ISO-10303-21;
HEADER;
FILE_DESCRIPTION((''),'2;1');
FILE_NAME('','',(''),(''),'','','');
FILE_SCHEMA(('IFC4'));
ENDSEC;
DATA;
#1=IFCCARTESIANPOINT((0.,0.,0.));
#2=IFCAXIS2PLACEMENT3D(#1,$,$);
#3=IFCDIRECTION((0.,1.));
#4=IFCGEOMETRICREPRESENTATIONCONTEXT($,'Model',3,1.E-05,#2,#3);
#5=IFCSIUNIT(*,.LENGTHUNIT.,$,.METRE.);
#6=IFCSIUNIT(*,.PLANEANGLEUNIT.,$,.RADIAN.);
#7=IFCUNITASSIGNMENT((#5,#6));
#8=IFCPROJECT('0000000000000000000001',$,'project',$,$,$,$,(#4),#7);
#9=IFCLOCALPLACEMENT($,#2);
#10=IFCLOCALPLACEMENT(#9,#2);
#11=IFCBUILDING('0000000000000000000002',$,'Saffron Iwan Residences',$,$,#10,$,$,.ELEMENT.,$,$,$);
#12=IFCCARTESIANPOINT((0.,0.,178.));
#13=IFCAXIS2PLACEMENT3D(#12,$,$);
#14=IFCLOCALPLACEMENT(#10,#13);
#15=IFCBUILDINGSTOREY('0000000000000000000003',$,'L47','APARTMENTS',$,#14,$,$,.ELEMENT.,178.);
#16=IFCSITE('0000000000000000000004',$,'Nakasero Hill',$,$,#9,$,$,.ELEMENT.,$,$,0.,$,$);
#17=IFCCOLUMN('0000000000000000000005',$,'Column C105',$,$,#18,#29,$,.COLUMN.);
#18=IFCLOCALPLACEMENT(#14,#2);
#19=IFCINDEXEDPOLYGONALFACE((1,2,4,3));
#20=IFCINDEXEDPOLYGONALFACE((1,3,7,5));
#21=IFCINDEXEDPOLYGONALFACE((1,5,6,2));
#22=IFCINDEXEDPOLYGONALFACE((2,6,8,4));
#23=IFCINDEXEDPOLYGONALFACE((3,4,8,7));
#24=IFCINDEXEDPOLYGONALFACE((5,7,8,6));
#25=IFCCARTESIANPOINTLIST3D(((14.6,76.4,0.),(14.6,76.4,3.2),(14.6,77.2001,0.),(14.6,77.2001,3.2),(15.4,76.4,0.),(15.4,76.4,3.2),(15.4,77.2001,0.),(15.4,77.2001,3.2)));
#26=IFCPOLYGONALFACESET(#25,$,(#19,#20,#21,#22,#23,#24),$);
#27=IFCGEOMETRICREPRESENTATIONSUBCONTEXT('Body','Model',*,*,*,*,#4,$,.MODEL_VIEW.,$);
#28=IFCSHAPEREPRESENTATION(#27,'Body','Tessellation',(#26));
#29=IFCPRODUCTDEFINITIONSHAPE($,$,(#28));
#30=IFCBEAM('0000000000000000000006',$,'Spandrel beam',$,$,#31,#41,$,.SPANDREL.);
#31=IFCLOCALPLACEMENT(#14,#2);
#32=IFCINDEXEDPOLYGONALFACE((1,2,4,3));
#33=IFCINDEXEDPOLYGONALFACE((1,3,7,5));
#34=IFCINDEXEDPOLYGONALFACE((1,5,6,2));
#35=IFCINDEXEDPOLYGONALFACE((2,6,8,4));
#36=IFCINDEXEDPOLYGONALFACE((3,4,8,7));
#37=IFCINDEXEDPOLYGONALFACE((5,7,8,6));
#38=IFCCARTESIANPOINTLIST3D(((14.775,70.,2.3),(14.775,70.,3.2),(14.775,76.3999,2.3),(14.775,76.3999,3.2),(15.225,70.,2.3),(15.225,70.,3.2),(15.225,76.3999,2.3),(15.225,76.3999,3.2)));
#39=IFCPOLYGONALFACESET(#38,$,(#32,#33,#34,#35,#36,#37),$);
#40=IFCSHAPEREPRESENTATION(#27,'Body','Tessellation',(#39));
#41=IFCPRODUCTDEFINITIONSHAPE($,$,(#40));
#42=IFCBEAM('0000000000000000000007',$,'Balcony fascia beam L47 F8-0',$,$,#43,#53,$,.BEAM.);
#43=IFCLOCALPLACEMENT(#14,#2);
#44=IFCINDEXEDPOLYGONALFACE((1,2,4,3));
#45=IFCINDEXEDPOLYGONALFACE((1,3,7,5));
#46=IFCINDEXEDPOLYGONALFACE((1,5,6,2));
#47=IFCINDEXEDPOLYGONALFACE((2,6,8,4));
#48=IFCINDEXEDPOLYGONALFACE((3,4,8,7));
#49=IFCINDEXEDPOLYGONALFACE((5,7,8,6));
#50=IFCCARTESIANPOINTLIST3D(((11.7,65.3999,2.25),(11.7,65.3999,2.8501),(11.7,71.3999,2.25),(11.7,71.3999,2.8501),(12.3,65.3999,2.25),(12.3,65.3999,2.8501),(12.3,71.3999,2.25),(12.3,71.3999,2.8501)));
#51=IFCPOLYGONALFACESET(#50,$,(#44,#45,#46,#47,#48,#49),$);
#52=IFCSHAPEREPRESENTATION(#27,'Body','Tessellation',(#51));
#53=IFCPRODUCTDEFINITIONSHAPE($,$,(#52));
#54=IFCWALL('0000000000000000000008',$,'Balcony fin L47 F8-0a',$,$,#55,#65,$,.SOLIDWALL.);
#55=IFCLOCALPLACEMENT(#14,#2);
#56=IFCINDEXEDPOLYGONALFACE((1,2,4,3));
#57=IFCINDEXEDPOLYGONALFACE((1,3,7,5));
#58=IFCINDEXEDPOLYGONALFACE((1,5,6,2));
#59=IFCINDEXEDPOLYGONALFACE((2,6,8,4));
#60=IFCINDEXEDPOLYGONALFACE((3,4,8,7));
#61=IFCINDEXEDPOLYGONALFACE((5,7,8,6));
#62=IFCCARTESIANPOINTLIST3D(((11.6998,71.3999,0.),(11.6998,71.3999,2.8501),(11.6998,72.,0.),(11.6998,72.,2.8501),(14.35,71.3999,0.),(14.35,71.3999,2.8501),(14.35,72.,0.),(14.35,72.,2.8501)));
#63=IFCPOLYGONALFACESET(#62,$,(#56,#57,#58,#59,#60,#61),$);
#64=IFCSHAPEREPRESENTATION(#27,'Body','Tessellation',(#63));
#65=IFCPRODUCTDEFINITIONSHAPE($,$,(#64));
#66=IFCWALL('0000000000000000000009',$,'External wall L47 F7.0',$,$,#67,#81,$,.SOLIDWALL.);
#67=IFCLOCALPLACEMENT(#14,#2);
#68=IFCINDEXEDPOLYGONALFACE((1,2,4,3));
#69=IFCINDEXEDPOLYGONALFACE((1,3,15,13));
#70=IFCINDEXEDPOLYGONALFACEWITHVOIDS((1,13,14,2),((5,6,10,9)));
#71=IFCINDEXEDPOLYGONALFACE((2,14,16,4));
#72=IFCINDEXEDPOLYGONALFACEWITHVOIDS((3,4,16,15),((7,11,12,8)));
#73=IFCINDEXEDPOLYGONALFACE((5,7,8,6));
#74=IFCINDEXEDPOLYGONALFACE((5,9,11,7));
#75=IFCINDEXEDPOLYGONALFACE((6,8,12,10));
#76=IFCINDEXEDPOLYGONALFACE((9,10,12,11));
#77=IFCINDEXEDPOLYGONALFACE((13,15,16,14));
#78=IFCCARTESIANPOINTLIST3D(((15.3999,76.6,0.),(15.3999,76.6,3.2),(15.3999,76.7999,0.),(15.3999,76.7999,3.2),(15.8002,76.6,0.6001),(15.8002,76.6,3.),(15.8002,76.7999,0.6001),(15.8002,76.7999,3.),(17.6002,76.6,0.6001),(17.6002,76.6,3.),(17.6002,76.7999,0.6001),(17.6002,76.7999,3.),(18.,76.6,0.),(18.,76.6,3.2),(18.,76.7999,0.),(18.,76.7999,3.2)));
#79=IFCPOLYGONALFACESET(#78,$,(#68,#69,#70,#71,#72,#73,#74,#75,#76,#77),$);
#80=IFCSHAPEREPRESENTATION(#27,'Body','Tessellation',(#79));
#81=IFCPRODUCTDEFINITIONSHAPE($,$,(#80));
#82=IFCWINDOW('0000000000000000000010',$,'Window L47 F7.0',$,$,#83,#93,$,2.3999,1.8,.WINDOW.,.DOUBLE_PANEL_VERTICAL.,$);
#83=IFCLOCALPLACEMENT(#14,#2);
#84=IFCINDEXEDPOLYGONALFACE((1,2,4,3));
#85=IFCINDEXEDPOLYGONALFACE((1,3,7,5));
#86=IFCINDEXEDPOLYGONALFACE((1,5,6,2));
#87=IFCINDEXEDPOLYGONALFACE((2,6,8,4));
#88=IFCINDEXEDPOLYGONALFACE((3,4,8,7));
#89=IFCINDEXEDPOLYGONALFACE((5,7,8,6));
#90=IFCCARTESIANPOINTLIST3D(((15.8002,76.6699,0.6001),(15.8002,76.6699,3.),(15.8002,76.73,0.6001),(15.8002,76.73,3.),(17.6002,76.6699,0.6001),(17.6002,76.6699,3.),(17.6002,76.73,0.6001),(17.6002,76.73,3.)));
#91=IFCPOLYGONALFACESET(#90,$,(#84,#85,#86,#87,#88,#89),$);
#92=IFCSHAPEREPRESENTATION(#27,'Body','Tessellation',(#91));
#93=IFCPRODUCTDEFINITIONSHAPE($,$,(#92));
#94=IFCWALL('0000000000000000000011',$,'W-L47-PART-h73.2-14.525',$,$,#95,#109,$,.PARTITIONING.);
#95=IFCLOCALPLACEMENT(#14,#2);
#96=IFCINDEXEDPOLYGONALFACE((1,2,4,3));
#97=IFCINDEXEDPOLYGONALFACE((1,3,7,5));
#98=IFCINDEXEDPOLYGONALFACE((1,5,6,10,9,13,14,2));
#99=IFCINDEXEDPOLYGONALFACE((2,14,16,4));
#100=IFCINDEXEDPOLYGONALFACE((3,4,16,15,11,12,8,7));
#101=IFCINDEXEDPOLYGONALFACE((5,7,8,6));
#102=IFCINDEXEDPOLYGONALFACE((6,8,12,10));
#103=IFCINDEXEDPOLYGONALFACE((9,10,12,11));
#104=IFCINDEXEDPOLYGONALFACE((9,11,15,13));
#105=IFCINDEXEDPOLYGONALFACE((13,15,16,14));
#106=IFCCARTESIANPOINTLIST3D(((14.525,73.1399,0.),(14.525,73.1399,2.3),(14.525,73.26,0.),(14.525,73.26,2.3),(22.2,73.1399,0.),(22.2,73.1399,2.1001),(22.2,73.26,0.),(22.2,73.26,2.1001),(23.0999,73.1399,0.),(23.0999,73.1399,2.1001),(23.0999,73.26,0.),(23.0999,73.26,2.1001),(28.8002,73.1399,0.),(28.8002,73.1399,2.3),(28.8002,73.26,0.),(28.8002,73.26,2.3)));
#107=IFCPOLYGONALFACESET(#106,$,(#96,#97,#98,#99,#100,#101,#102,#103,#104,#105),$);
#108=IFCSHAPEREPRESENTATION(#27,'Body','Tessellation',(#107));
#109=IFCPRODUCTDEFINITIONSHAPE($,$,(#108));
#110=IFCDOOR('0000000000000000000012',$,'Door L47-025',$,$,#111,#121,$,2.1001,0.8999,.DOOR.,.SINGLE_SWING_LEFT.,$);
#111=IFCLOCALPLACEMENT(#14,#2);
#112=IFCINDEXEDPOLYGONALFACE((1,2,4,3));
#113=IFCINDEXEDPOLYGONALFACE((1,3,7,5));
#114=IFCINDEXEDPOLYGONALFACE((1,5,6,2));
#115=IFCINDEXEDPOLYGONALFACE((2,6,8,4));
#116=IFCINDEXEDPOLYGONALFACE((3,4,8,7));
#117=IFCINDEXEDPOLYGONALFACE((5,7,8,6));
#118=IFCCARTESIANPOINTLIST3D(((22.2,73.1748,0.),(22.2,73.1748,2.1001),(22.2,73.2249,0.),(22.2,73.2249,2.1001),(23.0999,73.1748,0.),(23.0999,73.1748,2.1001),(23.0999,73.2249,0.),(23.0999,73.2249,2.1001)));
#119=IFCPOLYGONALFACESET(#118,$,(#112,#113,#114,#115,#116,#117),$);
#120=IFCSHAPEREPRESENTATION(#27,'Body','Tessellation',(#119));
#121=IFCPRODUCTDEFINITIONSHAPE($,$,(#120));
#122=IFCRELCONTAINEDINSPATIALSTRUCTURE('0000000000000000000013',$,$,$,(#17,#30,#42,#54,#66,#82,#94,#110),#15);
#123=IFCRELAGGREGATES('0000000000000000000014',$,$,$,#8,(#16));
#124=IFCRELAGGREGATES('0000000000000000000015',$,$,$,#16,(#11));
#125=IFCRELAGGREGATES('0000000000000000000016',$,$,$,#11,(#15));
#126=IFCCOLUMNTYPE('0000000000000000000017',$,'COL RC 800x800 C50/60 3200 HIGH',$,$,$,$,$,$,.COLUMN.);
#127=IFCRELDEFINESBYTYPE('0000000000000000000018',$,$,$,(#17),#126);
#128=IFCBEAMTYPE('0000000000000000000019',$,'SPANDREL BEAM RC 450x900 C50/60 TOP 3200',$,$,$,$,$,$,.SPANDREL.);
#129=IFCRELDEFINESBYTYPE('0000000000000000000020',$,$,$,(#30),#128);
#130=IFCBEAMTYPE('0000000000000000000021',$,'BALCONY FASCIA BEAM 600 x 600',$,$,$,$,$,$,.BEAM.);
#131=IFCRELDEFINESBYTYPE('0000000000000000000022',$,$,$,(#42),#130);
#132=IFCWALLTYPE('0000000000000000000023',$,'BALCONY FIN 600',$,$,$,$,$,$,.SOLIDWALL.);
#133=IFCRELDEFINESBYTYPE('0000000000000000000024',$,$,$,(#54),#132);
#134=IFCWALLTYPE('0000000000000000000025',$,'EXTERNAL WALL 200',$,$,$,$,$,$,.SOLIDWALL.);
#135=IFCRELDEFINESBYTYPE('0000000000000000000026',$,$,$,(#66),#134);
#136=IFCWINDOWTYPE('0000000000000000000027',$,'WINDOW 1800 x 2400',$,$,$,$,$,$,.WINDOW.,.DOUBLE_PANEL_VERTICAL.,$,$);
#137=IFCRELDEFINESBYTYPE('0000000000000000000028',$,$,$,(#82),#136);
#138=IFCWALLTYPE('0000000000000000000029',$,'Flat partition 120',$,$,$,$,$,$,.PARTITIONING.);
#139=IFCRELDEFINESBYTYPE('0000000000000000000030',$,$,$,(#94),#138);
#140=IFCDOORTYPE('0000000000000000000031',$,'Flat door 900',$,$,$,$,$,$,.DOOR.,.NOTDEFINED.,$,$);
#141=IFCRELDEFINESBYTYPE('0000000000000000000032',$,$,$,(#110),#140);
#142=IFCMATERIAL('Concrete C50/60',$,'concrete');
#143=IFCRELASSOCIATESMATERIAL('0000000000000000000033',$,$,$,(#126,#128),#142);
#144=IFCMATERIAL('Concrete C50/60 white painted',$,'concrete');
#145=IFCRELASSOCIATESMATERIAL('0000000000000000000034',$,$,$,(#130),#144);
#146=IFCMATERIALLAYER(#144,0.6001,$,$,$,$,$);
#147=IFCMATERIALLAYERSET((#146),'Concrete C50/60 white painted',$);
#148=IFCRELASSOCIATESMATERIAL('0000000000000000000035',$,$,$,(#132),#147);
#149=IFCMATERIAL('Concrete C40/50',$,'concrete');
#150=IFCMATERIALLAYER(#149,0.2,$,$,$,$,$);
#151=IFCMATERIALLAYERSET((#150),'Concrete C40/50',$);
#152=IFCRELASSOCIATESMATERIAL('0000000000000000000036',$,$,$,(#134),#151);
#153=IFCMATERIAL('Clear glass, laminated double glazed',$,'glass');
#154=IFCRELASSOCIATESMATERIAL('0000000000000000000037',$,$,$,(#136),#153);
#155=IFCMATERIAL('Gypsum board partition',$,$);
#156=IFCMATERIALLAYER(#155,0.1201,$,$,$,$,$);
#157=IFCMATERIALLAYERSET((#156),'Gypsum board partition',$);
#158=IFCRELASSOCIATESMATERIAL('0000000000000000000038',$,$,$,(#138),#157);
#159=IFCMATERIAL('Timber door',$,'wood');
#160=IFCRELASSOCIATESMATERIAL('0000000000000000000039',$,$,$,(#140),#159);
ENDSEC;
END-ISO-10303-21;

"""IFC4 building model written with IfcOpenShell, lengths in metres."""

from ifc_helpers import new_model, si_unit, direction, frame, frame_2d, origin, origin_2d, place, context, subcontext, project, spatial, rectangle, extrude, source, transform, mapped, material, layer, layer_set, material_profile, profile_set, type_object, element, fill, save


model = new_model("IFC4")

# Units and contexts
model_context = context("Model", 3, precision=1e-05, world=origin(), true_north=direction((0.0, 1.0)))
body_context = subcontext(model_context, "Body", "Model", "MODEL_VIEW")
ifc_project = project(units=[si_unit("LENGTHUNIT", "METRE"), si_unit("PLANEANGLEUNIT", "RADIAN")], contexts=[model_context])

# Site, building, storey
site_placement = place(None, origin())
site = spatial("IfcSite", under=ifc_project, at=site_placement, Name="Nakasero Hill", CompositionType="ELEMENT", RefElevation=0.0)
building_placement = place(site_placement, origin())
building = spatial("IfcBuilding", under=site, at=building_placement, Name="Saffron Iwan Residences", CompositionType="ELEMENT")
storey_placement = place(building_placement, frame((0.0, 0.0, 178.0)))
storey = spatial("IfcBuildingStorey", under=building, at=storey_placement, Name="L47", Description="APARTMENTS", CompositionType="ELEMENT", Elevation=178.0)

# Column
ifc_material_1 = material(Name="Concrete C50/60", Category="concrete")
ifc_material_profile_1 = material_profile(ifc_material_1, rectangle(XDim=0.8, YDim=0.8, at=origin_2d()), Name="RC 800x800")
ifc_profile_set_1 = profile_set([ifc_material_profile_1], Name="Concrete C50/60")
column_type = type_object("IfcColumnType", Name="COL RC 800x800 C50/60 3200 HIGH", PredefinedType="COLUMN", material=ifc_profile_set_1)
shared_shape_1 = source(origin(), body_context, "Body", "SweptSolid", [
    extrude(rectangle(XDim=0.8, YDim=0.8, at=origin_2d()), origin(), (0.0, 0.0, 1.0), 3.2),
])
column_placement = place(storey_placement, frame((15.0, 76.8, 0.0), z_axis=(0.0, 0.0, 1.0), x_axis=(1.0, 0.0, 0.0)))
element("IfcColumn", 1, at=column_placement, inside=storey, type_object=column_type, Name="Column C105", PredefinedType="COLUMN", context=body_context, shape_type="MappedRepresentation", body=[
    mapped(shared_shape_1, transform((0.0, 0.0, 0.0))),
])

# Beams
ifc_material_profile_2 = material_profile(ifc_material_1, rectangle(XDim=0.45, YDim=0.8999, at=origin_2d()), Name="RC 450x900")
ifc_profile_set_2 = profile_set([ifc_material_profile_2], Name="Concrete C50/60")
beam_type_1 = type_object("IfcBeamType", Name="SPANDREL BEAM RC 450x900 C50/60 TOP 3200", PredefinedType="SPANDREL", material=ifc_profile_set_2)
shared_shape_2 = source(origin(), body_context, "Body", "SweptSolid", [
    extrude(rectangle(XDim=0.45, YDim=0.8999, at=origin_2d()), origin(), (0.0, 0.0, 1.0), 6.3999),
])
beam_1_placement = place(storey_placement, frame((15.0, 70.0, 2.75), z_axis=(0.0, 1.0, 0.0), x_axis=(-1.0, 0.0, 0.0)))
element("IfcBeam", 2, at=beam_1_placement, inside=storey, type_object=beam_type_1, Name="Spandrel beam", PredefinedType="SPANDREL", context=body_context, shape_type="MappedRepresentation", body=[
    mapped(shared_shape_2, transform((0.0, 0.0, 0.0))),
])
ifc_material_2 = material(Name="Concrete C50/60 white painted", Category="concrete")
ifc_material_profile_3 = material_profile(ifc_material_2, rectangle(XDim=0.6001, YDim=0.6001, at=origin_2d()), Name="BALCONY FASCIA BEAM 600 x 600")
ifc_profile_set_3 = profile_set([ifc_material_profile_3], Name="Concrete C50/60 white painted")
beam_type_2 = type_object("IfcBeamType", Name="BALCONY FASCIA BEAM 600 x 600", PredefinedType="BEAM", material=ifc_profile_set_3)
shared_shape_3 = source(origin(), body_context, "Body", "SweptSolid", [
    extrude(rectangle(XDim=0.6001, YDim=0.6001, at=origin_2d()), origin(), (0.0, 0.0, 1.0), 6.0),
])
beam_2_placement = place(storey_placement, frame((12.0, 71.3999, 2.55), z_axis=(0.0, -1.0, 0.0), x_axis=(1.0, 0.0, 0.0)))
element("IfcBeam", 3, at=beam_2_placement, inside=storey, type_object=beam_type_2, Name="Balcony fascia beam L47 F8-0", PredefinedType="BEAM", context=body_context, shape_type="MappedRepresentation", body=[
    mapped(shared_shape_3, transform((0.0, 0.0, 0.0))),
])

# Wall
ifc_layer_1 = layer(ifc_material_2, 0.6001)
ifc_layer_set_1 = layer_set([ifc_layer_1], Name="Concrete C50/60 white painted")
wall_type_1 = type_object("IfcWallType", Name="BALCONY FIN 600", PredefinedType="SOLIDWALL", material=ifc_layer_set_1)
wall_1_placement = place(storey_placement, frame((14.3501, 71.7, 0.0), z_axis=(0.0, 0.0, 1.0), x_axis=(-1.0, 0.0, 0.0)))
element("IfcWall", 4, at=wall_1_placement, inside=storey, type_object=wall_type_1, Name="Balcony fin L47 F8-0a", PredefinedType="SOLIDWALL", context=body_context, shape_type="SweptSolid", body=[
    extrude(rectangle(XDim=2.6501, YDim=0.6001, at=frame_2d((1.3252, 0.0))), origin(), (0.0, 0.0, 1.0), 2.8501),
])

# Wall, opening, window
ifc_material_3 = material(Name="Concrete C40/50", Category="concrete")
ifc_layer_2 = layer(ifc_material_3, 0.2)
ifc_layer_set_2 = layer_set([ifc_layer_2], Name="Concrete C40/50")
wall_type_2 = type_object("IfcWallType", Name="EXTERNAL WALL 200", PredefinedType="SOLIDWALL", material=ifc_layer_set_2)
wall_2_placement = place(storey_placement, frame((18.0, 76.7, 0.0), z_axis=(0.0, 0.0, 1.0), x_axis=(-1.0, 0.0, 0.0)))
wall_2 = element("IfcWall", 5, at=wall_2_placement, inside=storey, type_object=wall_type_2, Name="External wall L47 F7.0", PredefinedType="SOLIDWALL", context=body_context, shape_type="SweptSolid", body=[
    extrude(rectangle(XDim=2.6001, YDim=0.2, at=frame_2d((1.3, 0.0))), origin(), (0.0, 0.0, 1.0), 3.2),
])
opening_1_placement = place(wall_2_placement, frame((0.3999, 0.0, 0.6001)))
opening_1 = element("IfcOpeningElement", 6, at=opening_1_placement, cuts=wall_2, PredefinedType="OPENING", context=body_context, shape_type="SweptSolid", body=[
    extrude(rectangle(XDim=1.8, YDim=2.3999, at=frame_2d((0.8999, 1.2))), frame((0.0, 0.1099, 0.0), z_axis=(0.0, -1.0, 0.0), x_axis=(1.0, 0.0, 0.0)), (0.0, 0.0, 1.0), 0.22),
])
ifc_material_4 = material(Name="Clear glass, laminated double glazed", Category="glass")
window_type_1 = type_object("IfcWindowType", Name="WINDOW 1800 x 2400", PartitioningType="DOUBLE_PANEL_VERTICAL", PredefinedType="WINDOW", material=ifc_material_4)
window_1_placement = place(opening_1_placement, origin())
window_1 = element("IfcWindow", 7, at=window_1_placement, inside=storey, type_object=window_type_1, Name="Window L47 F7.0", OverallHeight=2.3999, OverallWidth=1.8, PartitioningType="DOUBLE_PANEL_VERTICAL", PredefinedType="WINDOW", context=body_context, shape_type="SweptSolid", body=[
    extrude(rectangle(XDim=1.8, YDim=2.3999, at=frame_2d((0.8999, 1.2))), frame((0.0, 0.03, 0.0), z_axis=(0.0, -1.0, 0.0), x_axis=(1.0, 0.0, 0.0)), (0.0, 0.0, 1.0), 0.0601),
])
fill(opening_1, window_1)

# Wall, opening, door
ifc_material_5 = material(Name="Gypsum board partition")
ifc_layer_3 = layer(ifc_material_5, 0.1201)
ifc_layer_set_3 = layer_set([ifc_layer_3], Name="Gypsum board partition")
wall_type_3 = type_object("IfcWallType", Name="Flat partition 120", PredefinedType="PARTITIONING", material=ifc_layer_set_3)
wall_3_placement = place(storey_placement, frame((14.5249, 73.2, 0.0), z_axis=(0.0, 0.0, 1.0), x_axis=(1.0, 0.0, 0.0)))
wall_3 = element("IfcWall", 8, at=wall_3_placement, inside=storey, type_object=wall_type_3, Name="W-L47-PART-h73.2-14.525", PredefinedType="PARTITIONING", context=body_context, shape_type="SweptSolid", body=[
    extrude(rectangle(XDim=14.2751, YDim=0.1201, at=frame_2d((7.1377, 0.0))), origin(), (0.0, 0.0, 1.0), 2.3),
])
opening_2_placement = place(wall_3_placement, frame((7.675, 0.0, 0.0)))
opening_2 = element("IfcOpeningElement", 9, at=opening_2_placement, cuts=wall_3, PredefinedType="OPENING", context=body_context, shape_type="SweptSolid", body=[
    extrude(rectangle(XDim=0.8999, YDim=2.1001, at=frame_2d((0.45, 1.05))), frame((0.0, 0.0701, 0.0), z_axis=(0.0, -1.0, 0.0), x_axis=(1.0, 0.0, 0.0)), (0.0, 0.0, 1.0), 0.1401),
])
ifc_material_6 = material(Name="Timber door", Category="wood")
door_type_1 = type_object("IfcDoorType", Name="Flat door 900", OperationType="NOTDEFINED", PredefinedType="DOOR", material=ifc_material_6)
door_1_placement = place(opening_2_placement, origin())
door_1 = element("IfcDoor", 10, at=door_1_placement, inside=storey, type_object=door_type_1, Name="Door L47-025", OperationType="SINGLE_SWING_LEFT", OverallHeight=2.1001, OverallWidth=0.8999, PredefinedType="DOOR", context=body_context, shape_type="SweptSolid", body=[
    extrude(rectangle(XDim=0.8999, YDim=2.1001, at=frame_2d((0.45, 1.05))), frame((0.0, 0.0249, 0.0), z_axis=(0.0, -1.0, 0.0), x_axis=(1.0, 0.0, 0.0)), (0.0, 0.0, 1.0), 0.05),
])
fill(opening_2, door_1)

save(model, "model.ifc")
